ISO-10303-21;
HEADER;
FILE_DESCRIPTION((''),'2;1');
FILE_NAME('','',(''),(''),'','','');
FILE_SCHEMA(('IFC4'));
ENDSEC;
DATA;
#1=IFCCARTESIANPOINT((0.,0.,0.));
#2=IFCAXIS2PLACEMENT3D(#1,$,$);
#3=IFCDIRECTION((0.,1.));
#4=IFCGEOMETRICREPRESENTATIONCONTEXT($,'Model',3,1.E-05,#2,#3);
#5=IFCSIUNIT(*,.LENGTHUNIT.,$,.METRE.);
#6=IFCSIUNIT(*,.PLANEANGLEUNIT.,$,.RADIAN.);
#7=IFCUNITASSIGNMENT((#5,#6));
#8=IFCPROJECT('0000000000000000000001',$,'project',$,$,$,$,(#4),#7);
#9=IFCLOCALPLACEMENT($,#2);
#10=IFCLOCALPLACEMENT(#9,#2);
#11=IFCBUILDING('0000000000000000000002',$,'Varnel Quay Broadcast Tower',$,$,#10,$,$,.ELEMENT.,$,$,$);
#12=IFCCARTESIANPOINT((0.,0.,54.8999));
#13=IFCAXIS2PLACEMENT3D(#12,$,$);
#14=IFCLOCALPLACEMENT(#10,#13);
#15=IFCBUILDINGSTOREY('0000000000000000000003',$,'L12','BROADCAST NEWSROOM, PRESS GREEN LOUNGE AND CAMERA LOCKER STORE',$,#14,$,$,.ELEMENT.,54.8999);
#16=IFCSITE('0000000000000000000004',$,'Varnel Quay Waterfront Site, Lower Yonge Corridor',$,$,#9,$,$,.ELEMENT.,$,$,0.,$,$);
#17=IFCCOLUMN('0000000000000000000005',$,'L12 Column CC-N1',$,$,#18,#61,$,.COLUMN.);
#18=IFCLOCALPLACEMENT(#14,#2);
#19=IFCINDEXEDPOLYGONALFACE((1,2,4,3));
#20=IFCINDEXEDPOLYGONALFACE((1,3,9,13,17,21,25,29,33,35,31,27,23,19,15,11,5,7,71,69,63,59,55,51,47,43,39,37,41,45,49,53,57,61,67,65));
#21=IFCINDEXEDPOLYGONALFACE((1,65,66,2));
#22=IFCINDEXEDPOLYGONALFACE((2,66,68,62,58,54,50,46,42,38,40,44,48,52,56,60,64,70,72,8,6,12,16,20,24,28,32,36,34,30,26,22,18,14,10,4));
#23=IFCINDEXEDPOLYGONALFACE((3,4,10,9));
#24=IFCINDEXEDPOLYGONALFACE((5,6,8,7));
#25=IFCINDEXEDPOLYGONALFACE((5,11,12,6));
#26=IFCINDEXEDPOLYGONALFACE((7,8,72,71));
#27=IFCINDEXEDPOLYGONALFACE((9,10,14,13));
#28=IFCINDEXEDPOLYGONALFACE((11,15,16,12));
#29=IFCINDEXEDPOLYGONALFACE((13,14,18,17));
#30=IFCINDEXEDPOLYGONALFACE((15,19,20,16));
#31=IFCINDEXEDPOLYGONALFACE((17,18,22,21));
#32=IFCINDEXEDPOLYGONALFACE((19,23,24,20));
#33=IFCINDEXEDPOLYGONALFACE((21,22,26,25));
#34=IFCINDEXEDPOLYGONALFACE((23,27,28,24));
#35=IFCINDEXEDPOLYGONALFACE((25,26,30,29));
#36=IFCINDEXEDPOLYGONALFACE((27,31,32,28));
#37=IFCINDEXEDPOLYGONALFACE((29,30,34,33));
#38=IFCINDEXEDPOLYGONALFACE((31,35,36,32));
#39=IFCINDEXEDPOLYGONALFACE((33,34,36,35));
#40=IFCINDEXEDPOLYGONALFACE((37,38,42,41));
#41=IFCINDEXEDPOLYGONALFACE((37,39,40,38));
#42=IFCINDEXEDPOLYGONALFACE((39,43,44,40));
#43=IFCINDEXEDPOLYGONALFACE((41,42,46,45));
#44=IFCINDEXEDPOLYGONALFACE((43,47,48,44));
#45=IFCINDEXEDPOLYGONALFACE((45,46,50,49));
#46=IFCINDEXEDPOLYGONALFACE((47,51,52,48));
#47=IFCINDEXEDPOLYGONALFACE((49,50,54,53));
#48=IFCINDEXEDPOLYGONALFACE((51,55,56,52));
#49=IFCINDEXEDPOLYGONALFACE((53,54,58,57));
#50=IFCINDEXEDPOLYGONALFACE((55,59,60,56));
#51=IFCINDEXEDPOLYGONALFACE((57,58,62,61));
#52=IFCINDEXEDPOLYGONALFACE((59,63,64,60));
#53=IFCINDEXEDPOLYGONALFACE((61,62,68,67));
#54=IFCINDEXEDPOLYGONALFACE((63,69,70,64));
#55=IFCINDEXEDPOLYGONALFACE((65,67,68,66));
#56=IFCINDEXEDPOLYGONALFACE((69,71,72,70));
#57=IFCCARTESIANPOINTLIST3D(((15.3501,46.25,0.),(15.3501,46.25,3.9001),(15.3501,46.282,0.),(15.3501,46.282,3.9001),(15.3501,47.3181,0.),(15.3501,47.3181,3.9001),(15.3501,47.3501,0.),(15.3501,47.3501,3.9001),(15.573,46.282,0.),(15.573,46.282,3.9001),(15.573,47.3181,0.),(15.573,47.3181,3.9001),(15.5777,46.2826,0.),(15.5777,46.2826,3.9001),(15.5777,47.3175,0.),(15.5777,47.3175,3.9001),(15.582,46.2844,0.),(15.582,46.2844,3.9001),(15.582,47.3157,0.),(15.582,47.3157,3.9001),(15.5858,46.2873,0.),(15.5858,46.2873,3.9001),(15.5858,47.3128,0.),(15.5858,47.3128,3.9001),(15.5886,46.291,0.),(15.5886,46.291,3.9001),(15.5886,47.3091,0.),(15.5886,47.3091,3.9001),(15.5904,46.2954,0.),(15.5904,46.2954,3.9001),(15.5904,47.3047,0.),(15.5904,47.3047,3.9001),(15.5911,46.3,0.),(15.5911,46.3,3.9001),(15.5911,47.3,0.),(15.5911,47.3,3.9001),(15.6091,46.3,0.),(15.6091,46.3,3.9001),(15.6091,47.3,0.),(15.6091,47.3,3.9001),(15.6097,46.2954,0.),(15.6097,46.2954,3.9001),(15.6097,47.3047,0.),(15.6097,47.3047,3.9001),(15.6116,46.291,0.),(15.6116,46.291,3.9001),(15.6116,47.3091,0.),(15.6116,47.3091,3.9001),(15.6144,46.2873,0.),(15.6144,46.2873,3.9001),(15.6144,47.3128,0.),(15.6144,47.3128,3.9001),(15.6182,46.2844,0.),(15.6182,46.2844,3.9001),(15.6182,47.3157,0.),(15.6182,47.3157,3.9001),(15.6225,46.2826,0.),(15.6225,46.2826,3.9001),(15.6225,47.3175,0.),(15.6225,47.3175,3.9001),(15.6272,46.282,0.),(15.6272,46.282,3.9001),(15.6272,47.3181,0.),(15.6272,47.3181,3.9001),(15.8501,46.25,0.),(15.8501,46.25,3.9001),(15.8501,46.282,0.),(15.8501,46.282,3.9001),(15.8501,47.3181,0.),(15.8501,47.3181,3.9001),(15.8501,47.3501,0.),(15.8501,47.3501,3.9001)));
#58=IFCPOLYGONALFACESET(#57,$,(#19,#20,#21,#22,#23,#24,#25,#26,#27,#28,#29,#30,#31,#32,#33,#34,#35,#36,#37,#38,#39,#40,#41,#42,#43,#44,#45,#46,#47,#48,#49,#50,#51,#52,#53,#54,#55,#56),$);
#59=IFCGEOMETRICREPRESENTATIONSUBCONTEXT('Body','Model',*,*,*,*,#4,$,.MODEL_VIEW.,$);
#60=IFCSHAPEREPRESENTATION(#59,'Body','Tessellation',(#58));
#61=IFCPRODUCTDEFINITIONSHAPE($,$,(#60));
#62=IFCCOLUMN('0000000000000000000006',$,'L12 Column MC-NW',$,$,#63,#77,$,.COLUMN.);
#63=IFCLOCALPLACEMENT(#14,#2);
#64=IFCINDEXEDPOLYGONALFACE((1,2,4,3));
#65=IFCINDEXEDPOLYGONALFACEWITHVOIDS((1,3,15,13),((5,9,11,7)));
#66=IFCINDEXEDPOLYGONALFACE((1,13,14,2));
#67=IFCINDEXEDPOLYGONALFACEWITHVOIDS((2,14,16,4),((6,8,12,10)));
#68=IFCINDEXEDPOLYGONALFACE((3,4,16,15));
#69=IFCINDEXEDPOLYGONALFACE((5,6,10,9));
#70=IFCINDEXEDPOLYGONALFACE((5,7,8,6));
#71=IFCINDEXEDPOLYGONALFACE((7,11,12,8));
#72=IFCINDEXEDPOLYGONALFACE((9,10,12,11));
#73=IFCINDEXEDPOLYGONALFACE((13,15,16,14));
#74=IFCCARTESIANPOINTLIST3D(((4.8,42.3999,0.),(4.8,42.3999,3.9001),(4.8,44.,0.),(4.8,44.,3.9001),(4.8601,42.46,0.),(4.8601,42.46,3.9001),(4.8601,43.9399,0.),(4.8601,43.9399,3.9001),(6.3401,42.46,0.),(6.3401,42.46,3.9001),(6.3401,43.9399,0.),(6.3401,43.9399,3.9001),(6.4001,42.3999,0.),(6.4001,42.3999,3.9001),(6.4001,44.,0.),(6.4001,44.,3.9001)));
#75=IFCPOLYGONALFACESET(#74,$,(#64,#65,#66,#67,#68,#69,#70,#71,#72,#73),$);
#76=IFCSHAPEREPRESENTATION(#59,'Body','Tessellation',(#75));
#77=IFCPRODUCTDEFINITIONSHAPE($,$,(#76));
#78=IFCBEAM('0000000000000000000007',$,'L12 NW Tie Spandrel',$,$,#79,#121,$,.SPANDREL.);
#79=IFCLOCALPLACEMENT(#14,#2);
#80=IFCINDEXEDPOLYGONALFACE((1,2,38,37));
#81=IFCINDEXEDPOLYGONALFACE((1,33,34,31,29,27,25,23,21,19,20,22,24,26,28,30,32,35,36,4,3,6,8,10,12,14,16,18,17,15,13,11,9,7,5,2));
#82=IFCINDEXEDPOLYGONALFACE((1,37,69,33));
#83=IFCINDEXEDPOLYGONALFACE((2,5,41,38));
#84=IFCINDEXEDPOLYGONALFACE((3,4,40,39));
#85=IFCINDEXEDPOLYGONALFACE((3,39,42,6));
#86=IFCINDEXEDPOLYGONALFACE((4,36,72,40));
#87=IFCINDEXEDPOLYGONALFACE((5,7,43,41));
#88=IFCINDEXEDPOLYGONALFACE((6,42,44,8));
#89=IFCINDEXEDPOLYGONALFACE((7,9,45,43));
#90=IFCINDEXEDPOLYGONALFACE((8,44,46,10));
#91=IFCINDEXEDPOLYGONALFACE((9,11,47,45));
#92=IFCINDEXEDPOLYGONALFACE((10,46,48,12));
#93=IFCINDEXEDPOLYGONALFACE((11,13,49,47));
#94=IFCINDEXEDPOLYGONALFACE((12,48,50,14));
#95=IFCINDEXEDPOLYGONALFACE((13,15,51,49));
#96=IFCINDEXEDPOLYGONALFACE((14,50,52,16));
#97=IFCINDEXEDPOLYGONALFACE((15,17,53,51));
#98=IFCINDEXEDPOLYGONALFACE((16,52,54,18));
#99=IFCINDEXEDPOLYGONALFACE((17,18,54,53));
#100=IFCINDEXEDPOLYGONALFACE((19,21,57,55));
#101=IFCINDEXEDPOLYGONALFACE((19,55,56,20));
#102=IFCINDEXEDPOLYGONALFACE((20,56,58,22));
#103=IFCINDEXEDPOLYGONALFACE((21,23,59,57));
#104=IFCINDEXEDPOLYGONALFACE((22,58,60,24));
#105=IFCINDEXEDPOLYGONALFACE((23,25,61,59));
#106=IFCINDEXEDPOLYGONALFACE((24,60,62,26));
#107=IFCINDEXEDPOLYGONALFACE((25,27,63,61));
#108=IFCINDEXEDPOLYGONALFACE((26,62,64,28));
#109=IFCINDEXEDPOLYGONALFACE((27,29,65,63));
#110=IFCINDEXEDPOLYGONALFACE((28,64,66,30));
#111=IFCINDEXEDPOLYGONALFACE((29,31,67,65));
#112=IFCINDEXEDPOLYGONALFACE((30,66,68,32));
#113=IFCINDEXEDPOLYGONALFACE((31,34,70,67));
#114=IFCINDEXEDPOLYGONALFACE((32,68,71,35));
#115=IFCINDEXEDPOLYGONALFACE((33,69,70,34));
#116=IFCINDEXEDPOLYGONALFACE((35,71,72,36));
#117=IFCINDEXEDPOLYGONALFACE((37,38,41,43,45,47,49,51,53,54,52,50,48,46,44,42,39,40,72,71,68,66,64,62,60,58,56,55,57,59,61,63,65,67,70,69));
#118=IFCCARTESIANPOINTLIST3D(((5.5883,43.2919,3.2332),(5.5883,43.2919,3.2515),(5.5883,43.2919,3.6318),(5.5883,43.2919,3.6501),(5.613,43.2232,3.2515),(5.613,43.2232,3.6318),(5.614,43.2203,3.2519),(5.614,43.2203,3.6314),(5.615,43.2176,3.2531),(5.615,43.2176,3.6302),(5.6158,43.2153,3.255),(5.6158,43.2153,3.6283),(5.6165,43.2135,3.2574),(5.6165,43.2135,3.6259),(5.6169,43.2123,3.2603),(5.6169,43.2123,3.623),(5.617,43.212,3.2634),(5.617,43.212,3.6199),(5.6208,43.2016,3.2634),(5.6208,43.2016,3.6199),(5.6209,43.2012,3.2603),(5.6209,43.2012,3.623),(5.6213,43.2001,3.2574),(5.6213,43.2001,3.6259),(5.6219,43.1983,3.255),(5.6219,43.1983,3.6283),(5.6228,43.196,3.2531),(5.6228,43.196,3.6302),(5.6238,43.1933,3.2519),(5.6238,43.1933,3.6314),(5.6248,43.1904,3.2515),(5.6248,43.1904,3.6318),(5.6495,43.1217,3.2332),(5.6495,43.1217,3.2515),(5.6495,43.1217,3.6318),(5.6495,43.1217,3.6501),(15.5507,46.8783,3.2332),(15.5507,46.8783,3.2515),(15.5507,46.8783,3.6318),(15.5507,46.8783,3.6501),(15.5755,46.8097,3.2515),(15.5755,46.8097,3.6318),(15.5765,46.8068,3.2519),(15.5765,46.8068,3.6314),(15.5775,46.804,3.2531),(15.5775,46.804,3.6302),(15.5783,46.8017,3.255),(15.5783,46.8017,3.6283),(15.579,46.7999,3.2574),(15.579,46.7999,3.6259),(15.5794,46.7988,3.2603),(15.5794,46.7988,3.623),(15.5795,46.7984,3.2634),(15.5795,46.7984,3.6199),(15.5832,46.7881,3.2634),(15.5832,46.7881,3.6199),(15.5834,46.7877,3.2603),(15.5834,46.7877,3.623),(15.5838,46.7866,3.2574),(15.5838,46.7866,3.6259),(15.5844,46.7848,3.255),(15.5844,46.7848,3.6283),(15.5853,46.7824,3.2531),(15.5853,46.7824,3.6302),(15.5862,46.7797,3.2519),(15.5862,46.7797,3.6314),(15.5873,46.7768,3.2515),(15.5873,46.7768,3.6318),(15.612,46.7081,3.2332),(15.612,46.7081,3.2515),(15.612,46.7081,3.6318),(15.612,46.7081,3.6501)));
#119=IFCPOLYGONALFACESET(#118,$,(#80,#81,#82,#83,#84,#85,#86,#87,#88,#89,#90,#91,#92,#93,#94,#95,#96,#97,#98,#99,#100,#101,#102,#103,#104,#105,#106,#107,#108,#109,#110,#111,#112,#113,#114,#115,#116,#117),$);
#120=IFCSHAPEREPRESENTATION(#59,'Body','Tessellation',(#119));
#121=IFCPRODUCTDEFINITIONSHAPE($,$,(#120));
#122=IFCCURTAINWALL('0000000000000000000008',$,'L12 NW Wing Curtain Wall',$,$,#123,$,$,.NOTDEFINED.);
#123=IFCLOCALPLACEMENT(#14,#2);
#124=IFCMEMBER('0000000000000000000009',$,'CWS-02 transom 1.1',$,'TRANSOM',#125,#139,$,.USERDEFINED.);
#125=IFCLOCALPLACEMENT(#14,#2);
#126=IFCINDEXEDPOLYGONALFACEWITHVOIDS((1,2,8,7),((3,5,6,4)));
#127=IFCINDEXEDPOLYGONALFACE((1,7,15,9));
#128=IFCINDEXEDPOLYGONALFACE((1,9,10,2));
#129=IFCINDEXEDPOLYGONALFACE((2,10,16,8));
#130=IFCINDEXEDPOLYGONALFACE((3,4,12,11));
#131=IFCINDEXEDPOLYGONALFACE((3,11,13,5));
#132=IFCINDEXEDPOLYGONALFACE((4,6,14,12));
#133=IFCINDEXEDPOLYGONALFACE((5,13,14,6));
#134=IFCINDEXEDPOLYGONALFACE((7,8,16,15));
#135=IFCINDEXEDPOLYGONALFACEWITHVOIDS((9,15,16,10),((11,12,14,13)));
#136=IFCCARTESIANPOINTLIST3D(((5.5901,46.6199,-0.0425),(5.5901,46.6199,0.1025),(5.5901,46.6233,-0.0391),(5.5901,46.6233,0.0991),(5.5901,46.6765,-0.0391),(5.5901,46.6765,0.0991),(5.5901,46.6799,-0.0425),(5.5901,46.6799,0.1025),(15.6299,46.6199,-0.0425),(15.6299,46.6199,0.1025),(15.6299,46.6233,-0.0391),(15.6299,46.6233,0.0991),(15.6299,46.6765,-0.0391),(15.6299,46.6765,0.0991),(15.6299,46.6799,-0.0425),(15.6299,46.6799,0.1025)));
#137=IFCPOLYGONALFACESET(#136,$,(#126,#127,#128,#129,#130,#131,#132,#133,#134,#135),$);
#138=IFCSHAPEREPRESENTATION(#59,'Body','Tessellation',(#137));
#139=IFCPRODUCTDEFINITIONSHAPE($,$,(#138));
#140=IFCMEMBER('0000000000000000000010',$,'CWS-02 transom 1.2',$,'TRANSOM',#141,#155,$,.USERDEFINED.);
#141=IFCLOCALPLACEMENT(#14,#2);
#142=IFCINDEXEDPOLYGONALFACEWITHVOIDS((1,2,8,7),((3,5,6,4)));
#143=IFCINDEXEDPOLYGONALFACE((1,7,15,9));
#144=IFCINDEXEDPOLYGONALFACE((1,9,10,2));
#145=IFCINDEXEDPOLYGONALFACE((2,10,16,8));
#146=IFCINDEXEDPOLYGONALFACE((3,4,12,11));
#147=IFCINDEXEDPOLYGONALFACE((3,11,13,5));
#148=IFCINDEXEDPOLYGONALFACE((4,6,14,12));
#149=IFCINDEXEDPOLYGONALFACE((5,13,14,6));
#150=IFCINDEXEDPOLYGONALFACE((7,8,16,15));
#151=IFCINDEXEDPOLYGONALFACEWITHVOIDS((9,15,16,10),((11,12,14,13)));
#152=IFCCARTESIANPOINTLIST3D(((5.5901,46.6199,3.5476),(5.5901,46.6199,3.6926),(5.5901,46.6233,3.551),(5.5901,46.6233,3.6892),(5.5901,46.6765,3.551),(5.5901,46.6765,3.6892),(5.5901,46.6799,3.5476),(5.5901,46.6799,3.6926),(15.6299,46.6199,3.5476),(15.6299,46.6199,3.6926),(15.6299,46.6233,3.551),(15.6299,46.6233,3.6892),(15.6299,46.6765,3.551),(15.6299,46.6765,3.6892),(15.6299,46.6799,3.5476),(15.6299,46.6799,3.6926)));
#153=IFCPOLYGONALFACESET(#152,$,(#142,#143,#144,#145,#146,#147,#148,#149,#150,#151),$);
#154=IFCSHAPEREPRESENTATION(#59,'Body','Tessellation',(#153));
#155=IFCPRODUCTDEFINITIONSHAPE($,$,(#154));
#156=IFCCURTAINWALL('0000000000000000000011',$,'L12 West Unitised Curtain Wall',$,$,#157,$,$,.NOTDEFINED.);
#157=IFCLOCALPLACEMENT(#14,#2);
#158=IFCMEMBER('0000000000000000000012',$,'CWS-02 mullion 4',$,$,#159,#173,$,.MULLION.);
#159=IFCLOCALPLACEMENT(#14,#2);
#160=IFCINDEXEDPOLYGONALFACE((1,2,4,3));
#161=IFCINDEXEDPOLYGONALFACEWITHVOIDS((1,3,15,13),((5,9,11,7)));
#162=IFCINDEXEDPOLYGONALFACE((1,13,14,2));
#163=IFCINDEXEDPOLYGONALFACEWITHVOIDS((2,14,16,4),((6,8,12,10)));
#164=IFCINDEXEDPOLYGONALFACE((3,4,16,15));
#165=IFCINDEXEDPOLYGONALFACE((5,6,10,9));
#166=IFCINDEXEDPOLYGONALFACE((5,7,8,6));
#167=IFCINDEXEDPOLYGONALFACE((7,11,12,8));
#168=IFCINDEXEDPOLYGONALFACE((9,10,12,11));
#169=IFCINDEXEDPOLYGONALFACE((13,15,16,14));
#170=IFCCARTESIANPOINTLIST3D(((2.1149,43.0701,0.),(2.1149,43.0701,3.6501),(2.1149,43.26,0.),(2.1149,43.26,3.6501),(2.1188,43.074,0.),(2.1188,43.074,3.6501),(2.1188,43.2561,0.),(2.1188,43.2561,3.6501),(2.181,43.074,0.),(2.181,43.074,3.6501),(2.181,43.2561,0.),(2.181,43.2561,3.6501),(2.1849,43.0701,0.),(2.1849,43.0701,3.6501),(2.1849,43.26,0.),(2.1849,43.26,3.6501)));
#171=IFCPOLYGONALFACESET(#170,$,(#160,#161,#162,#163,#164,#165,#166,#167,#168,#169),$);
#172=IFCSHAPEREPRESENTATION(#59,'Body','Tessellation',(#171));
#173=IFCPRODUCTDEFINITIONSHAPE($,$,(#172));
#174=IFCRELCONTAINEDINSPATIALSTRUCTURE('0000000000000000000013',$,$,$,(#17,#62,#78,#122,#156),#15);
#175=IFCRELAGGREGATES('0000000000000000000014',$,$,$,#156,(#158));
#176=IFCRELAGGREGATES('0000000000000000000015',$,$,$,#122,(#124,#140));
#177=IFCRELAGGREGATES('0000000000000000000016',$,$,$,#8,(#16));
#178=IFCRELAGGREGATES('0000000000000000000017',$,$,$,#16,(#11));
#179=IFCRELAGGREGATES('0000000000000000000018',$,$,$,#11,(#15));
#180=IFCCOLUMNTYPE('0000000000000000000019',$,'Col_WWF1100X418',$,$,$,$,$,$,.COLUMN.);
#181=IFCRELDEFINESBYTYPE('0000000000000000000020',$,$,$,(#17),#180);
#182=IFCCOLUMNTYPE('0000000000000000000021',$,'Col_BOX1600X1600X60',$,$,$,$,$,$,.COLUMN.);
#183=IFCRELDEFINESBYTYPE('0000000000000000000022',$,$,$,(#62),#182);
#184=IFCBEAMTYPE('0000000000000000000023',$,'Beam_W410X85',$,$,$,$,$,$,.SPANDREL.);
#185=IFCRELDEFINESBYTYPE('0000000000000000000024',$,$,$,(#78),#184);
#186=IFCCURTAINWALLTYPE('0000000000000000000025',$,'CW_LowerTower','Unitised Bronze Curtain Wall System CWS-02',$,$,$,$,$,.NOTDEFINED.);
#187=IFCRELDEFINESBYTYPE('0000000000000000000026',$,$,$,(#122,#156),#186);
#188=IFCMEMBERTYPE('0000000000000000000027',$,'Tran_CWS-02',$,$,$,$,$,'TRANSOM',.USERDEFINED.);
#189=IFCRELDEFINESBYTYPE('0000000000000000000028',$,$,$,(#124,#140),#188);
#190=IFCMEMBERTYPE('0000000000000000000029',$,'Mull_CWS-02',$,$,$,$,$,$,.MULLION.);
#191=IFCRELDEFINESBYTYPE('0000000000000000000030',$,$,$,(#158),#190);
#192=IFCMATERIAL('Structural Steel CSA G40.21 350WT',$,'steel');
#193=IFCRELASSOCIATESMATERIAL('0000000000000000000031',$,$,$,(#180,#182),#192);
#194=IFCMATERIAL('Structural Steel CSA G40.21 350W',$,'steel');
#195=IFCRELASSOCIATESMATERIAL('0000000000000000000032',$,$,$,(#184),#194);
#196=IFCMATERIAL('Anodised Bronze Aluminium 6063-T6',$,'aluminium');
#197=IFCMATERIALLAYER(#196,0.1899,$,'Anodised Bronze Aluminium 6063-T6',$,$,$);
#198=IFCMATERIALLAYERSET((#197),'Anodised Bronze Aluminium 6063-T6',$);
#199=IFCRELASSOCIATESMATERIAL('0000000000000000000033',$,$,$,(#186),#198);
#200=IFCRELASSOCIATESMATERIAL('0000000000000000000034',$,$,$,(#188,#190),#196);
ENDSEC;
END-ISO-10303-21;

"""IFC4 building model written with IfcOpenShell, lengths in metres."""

from ifc_helpers import new_model, si_unit, direction, frame, origin, origin_2d, place, context, subcontext, project, spatial, hollow_rectangle, i_section, extrude, source, transform, mapped, material, layer, layer_set, material_profile, profile_set, type_object, type_shapes, element, aggregate, save


model = new_model("IFC4")

# Units and contexts
model_context = context("Model", 3, precision=1e-05, world=origin(), true_north=direction((0.0, 1.0)))
body_context = subcontext(model_context, "Body", "Model", "MODEL_VIEW")
ifc_project = project(units=[si_unit("LENGTHUNIT", "METRE"), si_unit("PLANEANGLEUNIT", "RADIAN")], contexts=[model_context])

# Site, building, storey
site_placement = place(None, origin())
site = spatial("IfcSite", under=ifc_project, at=site_placement, Name="Varnel Quay Waterfront Site, Lower Yonge Corridor", CompositionType="ELEMENT", RefElevation=0.0)
building_placement = place(site_placement, origin())
building = spatial("IfcBuilding", under=site, at=building_placement, Name="Varnel Quay Broadcast Tower", CompositionType="ELEMENT")
storey_placement = place(building_placement, frame((0.0, 0.0, 54.8999)))
storey = spatial("IfcBuildingStorey", under=building, at=storey_placement, Name="L12", Description="BROADCAST NEWSROOM, PRESS GREEN LOUNGE AND CAMERA LOCKER STORE", CompositionType="ELEMENT", Elevation=54.8999)

# Columns
ifc_material_1 = material(Name="Structural Steel CSA G40.21 350WT", Category="steel")
ifc_material_profile_1 = material_profile(ifc_material_1, i_section(OverallWidth=0.5, OverallDepth=1.1001, WebThickness=0.0181, FlangeThickness=0.032, FilletRadius=0.0181, at=origin_2d()), Name="WWF1100X418")
ifc_profile_set_1 = profile_set([ifc_material_profile_1], Name="Structural Steel CSA G40.21 350WT")
column_type_1 = type_object("IfcColumnType", Name="Col_WWF1100X418", PredefinedType="COLUMN", material=ifc_profile_set_1)
shared_shape_1 = source(origin(), body_context, "Body", "SweptSolid", [
    extrude(i_section(OverallWidth=0.5, OverallDepth=1.1001, WebThickness=0.0181, FlangeThickness=0.032, FilletRadius=0.0181, at=origin_2d()), origin(), (0.0, 0.0, 1.0), 3.9001),
])
type_shapes(column_type_1, [shared_shape_1])
column_1_placement = place(storey_placement, frame((15.6001, 46.8, 0.0), z_axis=(0.0, 0.0, 1.0), x_axis=(1.0, 0.0, 0.0)))
element("IfcColumn", 1, at=column_1_placement, inside=storey, type_object=column_type_1, Name="L12 Column CC-N1", PredefinedType="COLUMN", context=body_context, shape_type="MappedRepresentation", body=[
    mapped(shared_shape_1, transform((0.0, 0.0, 0.0), x_axis=(1.0, 0.0, 0.0), y_axis=(0.0, 1.0, 0.0), z_axis=(0.0, 0.0, 1.0), scale=1.0)),
])
ifc_material_profile_2 = material_profile(ifc_material_1, hollow_rectangle(XDim=1.6001, YDim=1.6001, WallThickness=0.0601, at=origin_2d()), Name="BOX1600X1600X60")
ifc_profile_set_2 = profile_set([ifc_material_profile_2], Name="Structural Steel CSA G40.21 350WT")
column_type_2 = type_object("IfcColumnType", Name="Col_BOX1600X1600X60", PredefinedType="COLUMN", material=ifc_profile_set_2)
shared_shape_2 = source(origin(), body_context, "Body", "SweptSolid", [
    extrude(hollow_rectangle(XDim=1.6001, YDim=1.6001, WallThickness=0.0601, at=origin_2d()), origin(), (0.0, 0.0, 1.0), 3.9001),
])
type_shapes(column_type_2, [shared_shape_2])
column_2_placement = place(storey_placement, frame((5.6001, 43.2, 0.0), z_axis=(0.0, 0.0, 1.0), x_axis=(1.0, 0.0, 0.0)))
element("IfcColumn", 2, at=column_2_placement, inside=storey, type_object=column_type_2, Name="L12 Column MC-NW", PredefinedType="COLUMN", context=body_context, shape_type="MappedRepresentation", body=[
    mapped(shared_shape_2, transform((0.0, 0.0, 0.0), x_axis=(1.0, 0.0, 0.0), y_axis=(0.0, 1.0, 0.0), z_axis=(0.0, 0.0, 1.0), scale=1.0)),
])

# Beam
ifc_material_2 = material(Name="Structural Steel CSA G40.21 350W", Category="steel")
ifc_material_profile_3 = material_profile(ifc_material_2, i_section(OverallWidth=0.1809, OverallDepth=0.417, WebThickness=0.011, FlangeThickness=0.0183, FilletRadius=0.012, at=origin_2d()), Name="W410X85")
ifc_profile_set_3 = profile_set([ifc_material_profile_3], Name="Structural Steel CSA G40.21 350W")
beam_type = type_object("IfcBeamType", Name="Beam_W410X85", PredefinedType="SPANDREL", material=ifc_profile_set_3)
shared_shape_3 = source(origin(), body_context, "Body", "SweptSolid", [
    extrude(i_section(OverallWidth=0.1809, OverallDepth=0.417, WebThickness=0.011, FlangeThickness=0.0183, FilletRadius=0.012, at=origin_2d()), origin(), (0.0, 0.0, 1.0), 10.5884),
])
type_shapes(beam_type, [shared_shape_3])
beam_placement = place(storey_placement, frame((5.6189, 43.2068, 3.4417), z_axis=(0.940889, 0.338716, 0.0), x_axis=(-0.338716, 0.940889, 0.0)))
element("IfcBeam", 3, at=beam_placement, inside=storey, type_object=beam_type, Name="L12 NW Tie Spandrel", PredefinedType="SPANDREL", context=body_context, shape_type="MappedRepresentation", body=[
    mapped(shared_shape_3, transform((0.0, 0.0, 0.0), x_axis=(1.0, 0.0, 0.0), y_axis=(0.0, 1.0, 0.0), z_axis=(0.0, 0.0, 1.0), scale=1.0)),
])

# Curtain wall, members
ifc_material_3 = material(Name="Anodised Bronze Aluminium 6063-T6", Category="aluminium")
ifc_layer_1 = layer(ifc_material_3, 0.1899, Name="Anodised Bronze Aluminium 6063-T6")
ifc_layer_set_1 = layer_set([ifc_layer_1], Name="Anodised Bronze Aluminium 6063-T6")
curtain_wall_type = type_object("IfcCurtainWallType", Name="CW_LowerTower", Description="Unitised Bronze Curtain Wall System CWS-02", PredefinedType="NOTDEFINED", material=ifc_layer_set_1)
curtain_wall_1_placement = place(storey_placement, origin())
curtain_wall_1 = element("IfcCurtainWall", 4, at=curtain_wall_1_placement, inside=storey, type_object=curtain_wall_type, Name="L12 NW Wing Curtain Wall", PredefinedType="NOTDEFINED")
ifc_material_profile_4 = material_profile(ifc_material_3, hollow_rectangle(XDim=0.0601, YDim=0.145, WallThickness=0.0034, at=origin_2d()), Name="ALU60X145X3.5")
ifc_profile_set_4 = profile_set([ifc_material_profile_4], Name="Anodised Bronze Aluminium 6063-T6")
member_type_1 = type_object("IfcMemberType", Name="Tran_CWS-02", ElementType="TRANSOM", PredefinedType="USERDEFINED", material=ifc_profile_set_4)
shared_shape_4 = source(origin(), body_context, "Body", "SweptSolid", [
    extrude(hollow_rectangle(XDim=0.0601, YDim=0.145, WallThickness=0.0034, at=origin_2d()), origin(), (0.0, 0.0, 1.0), 10.0398),
])
type_shapes(member_type_1, [shared_shape_4])
member_1_placement = place(storey_placement, frame((5.5901, 46.6499, 0.03), z_axis=(1.0, 0.0, 0.0), x_axis=(0.0, 1.0, 0.0)))
member_1 = element("IfcMember", 5, at=member_1_placement, type_object=member_type_1, Name="CWS-02 transom 1.1", ObjectType="TRANSOM", PredefinedType="USERDEFINED", context=body_context, shape_type="MappedRepresentation", body=[
    mapped(shared_shape_4, transform((0.0, 0.0, 0.0), x_axis=(1.0, 0.0, 0.0), y_axis=(0.0, 1.0, 0.0), z_axis=(0.0, 0.0, 1.0), scale=1.0)),
])
member_2_placement = place(storey_placement, frame((5.5901, 46.6499, 3.6201), z_axis=(1.0, 0.0, 0.0), x_axis=(0.0, 1.0, 0.0)))
member_2 = element("IfcMember", 6, at=member_2_placement, type_object=member_type_1, Name="CWS-02 transom 1.2", ObjectType="TRANSOM", PredefinedType="USERDEFINED", context=body_context, shape_type="MappedRepresentation", body=[
    mapped(shared_shape_4, transform((0.0, 0.0, 0.0), x_axis=(1.0, 0.0, 0.0), y_axis=(0.0, 1.0, 0.0), z_axis=(0.0, 0.0, 1.0), scale=1.0)),
])

# Curtain wall, member
curtain_wall_2_placement = place(storey_placement, origin())
curtain_wall_2 = element("IfcCurtainWall", 7, at=curtain_wall_2_placement, inside=storey, type_object=curtain_wall_type, Name="L12 West Unitised Curtain Wall", PredefinedType="NOTDEFINED")
ifc_material_profile_5 = material_profile(ifc_material_3, hollow_rectangle(XDim=0.0701, YDim=0.1899, WallThickness=0.0039, at=origin_2d()), Name="ALU70X190X4")
ifc_profile_set_5 = profile_set([ifc_material_profile_5], Name="Anodised Bronze Aluminium 6063-T6")
member_type_2 = type_object("IfcMemberType", Name="Mull_CWS-02", PredefinedType="MULLION", material=ifc_profile_set_5)
shared_shape_5 = source(origin(), body_context, "Body", "SweptSolid", [
    extrude(hollow_rectangle(XDim=0.0701, YDim=0.1899, WallThickness=0.0039, at=origin_2d()), origin(), (0.0, 0.0, 1.0), 3.6501),
])
type_shapes(member_type_2, [shared_shape_5])
member_3_placement = place(storey_placement, frame((2.1499, 43.165, 0.0), z_axis=(0.0, 0.0, 1.0), x_axis=(-1.0, 0.0, 0.0)))
member_3 = element("IfcMember", 8, at=member_3_placement, type_object=member_type_2, Name="CWS-02 mullion 4", PredefinedType="MULLION", context=body_context, shape_type="MappedRepresentation", body=[
    mapped(shared_shape_5, transform((0.0, 0.0, 0.0), x_axis=(1.0, 0.0, 0.0), y_axis=(0.0, 1.0, 0.0), z_axis=(0.0, 0.0, 1.0), scale=1.0)),
])

aggregate(curtain_wall_2, [member_3])
aggregate(curtain_wall_1, [member_1, member_2])

save(model, "model.ifc")
